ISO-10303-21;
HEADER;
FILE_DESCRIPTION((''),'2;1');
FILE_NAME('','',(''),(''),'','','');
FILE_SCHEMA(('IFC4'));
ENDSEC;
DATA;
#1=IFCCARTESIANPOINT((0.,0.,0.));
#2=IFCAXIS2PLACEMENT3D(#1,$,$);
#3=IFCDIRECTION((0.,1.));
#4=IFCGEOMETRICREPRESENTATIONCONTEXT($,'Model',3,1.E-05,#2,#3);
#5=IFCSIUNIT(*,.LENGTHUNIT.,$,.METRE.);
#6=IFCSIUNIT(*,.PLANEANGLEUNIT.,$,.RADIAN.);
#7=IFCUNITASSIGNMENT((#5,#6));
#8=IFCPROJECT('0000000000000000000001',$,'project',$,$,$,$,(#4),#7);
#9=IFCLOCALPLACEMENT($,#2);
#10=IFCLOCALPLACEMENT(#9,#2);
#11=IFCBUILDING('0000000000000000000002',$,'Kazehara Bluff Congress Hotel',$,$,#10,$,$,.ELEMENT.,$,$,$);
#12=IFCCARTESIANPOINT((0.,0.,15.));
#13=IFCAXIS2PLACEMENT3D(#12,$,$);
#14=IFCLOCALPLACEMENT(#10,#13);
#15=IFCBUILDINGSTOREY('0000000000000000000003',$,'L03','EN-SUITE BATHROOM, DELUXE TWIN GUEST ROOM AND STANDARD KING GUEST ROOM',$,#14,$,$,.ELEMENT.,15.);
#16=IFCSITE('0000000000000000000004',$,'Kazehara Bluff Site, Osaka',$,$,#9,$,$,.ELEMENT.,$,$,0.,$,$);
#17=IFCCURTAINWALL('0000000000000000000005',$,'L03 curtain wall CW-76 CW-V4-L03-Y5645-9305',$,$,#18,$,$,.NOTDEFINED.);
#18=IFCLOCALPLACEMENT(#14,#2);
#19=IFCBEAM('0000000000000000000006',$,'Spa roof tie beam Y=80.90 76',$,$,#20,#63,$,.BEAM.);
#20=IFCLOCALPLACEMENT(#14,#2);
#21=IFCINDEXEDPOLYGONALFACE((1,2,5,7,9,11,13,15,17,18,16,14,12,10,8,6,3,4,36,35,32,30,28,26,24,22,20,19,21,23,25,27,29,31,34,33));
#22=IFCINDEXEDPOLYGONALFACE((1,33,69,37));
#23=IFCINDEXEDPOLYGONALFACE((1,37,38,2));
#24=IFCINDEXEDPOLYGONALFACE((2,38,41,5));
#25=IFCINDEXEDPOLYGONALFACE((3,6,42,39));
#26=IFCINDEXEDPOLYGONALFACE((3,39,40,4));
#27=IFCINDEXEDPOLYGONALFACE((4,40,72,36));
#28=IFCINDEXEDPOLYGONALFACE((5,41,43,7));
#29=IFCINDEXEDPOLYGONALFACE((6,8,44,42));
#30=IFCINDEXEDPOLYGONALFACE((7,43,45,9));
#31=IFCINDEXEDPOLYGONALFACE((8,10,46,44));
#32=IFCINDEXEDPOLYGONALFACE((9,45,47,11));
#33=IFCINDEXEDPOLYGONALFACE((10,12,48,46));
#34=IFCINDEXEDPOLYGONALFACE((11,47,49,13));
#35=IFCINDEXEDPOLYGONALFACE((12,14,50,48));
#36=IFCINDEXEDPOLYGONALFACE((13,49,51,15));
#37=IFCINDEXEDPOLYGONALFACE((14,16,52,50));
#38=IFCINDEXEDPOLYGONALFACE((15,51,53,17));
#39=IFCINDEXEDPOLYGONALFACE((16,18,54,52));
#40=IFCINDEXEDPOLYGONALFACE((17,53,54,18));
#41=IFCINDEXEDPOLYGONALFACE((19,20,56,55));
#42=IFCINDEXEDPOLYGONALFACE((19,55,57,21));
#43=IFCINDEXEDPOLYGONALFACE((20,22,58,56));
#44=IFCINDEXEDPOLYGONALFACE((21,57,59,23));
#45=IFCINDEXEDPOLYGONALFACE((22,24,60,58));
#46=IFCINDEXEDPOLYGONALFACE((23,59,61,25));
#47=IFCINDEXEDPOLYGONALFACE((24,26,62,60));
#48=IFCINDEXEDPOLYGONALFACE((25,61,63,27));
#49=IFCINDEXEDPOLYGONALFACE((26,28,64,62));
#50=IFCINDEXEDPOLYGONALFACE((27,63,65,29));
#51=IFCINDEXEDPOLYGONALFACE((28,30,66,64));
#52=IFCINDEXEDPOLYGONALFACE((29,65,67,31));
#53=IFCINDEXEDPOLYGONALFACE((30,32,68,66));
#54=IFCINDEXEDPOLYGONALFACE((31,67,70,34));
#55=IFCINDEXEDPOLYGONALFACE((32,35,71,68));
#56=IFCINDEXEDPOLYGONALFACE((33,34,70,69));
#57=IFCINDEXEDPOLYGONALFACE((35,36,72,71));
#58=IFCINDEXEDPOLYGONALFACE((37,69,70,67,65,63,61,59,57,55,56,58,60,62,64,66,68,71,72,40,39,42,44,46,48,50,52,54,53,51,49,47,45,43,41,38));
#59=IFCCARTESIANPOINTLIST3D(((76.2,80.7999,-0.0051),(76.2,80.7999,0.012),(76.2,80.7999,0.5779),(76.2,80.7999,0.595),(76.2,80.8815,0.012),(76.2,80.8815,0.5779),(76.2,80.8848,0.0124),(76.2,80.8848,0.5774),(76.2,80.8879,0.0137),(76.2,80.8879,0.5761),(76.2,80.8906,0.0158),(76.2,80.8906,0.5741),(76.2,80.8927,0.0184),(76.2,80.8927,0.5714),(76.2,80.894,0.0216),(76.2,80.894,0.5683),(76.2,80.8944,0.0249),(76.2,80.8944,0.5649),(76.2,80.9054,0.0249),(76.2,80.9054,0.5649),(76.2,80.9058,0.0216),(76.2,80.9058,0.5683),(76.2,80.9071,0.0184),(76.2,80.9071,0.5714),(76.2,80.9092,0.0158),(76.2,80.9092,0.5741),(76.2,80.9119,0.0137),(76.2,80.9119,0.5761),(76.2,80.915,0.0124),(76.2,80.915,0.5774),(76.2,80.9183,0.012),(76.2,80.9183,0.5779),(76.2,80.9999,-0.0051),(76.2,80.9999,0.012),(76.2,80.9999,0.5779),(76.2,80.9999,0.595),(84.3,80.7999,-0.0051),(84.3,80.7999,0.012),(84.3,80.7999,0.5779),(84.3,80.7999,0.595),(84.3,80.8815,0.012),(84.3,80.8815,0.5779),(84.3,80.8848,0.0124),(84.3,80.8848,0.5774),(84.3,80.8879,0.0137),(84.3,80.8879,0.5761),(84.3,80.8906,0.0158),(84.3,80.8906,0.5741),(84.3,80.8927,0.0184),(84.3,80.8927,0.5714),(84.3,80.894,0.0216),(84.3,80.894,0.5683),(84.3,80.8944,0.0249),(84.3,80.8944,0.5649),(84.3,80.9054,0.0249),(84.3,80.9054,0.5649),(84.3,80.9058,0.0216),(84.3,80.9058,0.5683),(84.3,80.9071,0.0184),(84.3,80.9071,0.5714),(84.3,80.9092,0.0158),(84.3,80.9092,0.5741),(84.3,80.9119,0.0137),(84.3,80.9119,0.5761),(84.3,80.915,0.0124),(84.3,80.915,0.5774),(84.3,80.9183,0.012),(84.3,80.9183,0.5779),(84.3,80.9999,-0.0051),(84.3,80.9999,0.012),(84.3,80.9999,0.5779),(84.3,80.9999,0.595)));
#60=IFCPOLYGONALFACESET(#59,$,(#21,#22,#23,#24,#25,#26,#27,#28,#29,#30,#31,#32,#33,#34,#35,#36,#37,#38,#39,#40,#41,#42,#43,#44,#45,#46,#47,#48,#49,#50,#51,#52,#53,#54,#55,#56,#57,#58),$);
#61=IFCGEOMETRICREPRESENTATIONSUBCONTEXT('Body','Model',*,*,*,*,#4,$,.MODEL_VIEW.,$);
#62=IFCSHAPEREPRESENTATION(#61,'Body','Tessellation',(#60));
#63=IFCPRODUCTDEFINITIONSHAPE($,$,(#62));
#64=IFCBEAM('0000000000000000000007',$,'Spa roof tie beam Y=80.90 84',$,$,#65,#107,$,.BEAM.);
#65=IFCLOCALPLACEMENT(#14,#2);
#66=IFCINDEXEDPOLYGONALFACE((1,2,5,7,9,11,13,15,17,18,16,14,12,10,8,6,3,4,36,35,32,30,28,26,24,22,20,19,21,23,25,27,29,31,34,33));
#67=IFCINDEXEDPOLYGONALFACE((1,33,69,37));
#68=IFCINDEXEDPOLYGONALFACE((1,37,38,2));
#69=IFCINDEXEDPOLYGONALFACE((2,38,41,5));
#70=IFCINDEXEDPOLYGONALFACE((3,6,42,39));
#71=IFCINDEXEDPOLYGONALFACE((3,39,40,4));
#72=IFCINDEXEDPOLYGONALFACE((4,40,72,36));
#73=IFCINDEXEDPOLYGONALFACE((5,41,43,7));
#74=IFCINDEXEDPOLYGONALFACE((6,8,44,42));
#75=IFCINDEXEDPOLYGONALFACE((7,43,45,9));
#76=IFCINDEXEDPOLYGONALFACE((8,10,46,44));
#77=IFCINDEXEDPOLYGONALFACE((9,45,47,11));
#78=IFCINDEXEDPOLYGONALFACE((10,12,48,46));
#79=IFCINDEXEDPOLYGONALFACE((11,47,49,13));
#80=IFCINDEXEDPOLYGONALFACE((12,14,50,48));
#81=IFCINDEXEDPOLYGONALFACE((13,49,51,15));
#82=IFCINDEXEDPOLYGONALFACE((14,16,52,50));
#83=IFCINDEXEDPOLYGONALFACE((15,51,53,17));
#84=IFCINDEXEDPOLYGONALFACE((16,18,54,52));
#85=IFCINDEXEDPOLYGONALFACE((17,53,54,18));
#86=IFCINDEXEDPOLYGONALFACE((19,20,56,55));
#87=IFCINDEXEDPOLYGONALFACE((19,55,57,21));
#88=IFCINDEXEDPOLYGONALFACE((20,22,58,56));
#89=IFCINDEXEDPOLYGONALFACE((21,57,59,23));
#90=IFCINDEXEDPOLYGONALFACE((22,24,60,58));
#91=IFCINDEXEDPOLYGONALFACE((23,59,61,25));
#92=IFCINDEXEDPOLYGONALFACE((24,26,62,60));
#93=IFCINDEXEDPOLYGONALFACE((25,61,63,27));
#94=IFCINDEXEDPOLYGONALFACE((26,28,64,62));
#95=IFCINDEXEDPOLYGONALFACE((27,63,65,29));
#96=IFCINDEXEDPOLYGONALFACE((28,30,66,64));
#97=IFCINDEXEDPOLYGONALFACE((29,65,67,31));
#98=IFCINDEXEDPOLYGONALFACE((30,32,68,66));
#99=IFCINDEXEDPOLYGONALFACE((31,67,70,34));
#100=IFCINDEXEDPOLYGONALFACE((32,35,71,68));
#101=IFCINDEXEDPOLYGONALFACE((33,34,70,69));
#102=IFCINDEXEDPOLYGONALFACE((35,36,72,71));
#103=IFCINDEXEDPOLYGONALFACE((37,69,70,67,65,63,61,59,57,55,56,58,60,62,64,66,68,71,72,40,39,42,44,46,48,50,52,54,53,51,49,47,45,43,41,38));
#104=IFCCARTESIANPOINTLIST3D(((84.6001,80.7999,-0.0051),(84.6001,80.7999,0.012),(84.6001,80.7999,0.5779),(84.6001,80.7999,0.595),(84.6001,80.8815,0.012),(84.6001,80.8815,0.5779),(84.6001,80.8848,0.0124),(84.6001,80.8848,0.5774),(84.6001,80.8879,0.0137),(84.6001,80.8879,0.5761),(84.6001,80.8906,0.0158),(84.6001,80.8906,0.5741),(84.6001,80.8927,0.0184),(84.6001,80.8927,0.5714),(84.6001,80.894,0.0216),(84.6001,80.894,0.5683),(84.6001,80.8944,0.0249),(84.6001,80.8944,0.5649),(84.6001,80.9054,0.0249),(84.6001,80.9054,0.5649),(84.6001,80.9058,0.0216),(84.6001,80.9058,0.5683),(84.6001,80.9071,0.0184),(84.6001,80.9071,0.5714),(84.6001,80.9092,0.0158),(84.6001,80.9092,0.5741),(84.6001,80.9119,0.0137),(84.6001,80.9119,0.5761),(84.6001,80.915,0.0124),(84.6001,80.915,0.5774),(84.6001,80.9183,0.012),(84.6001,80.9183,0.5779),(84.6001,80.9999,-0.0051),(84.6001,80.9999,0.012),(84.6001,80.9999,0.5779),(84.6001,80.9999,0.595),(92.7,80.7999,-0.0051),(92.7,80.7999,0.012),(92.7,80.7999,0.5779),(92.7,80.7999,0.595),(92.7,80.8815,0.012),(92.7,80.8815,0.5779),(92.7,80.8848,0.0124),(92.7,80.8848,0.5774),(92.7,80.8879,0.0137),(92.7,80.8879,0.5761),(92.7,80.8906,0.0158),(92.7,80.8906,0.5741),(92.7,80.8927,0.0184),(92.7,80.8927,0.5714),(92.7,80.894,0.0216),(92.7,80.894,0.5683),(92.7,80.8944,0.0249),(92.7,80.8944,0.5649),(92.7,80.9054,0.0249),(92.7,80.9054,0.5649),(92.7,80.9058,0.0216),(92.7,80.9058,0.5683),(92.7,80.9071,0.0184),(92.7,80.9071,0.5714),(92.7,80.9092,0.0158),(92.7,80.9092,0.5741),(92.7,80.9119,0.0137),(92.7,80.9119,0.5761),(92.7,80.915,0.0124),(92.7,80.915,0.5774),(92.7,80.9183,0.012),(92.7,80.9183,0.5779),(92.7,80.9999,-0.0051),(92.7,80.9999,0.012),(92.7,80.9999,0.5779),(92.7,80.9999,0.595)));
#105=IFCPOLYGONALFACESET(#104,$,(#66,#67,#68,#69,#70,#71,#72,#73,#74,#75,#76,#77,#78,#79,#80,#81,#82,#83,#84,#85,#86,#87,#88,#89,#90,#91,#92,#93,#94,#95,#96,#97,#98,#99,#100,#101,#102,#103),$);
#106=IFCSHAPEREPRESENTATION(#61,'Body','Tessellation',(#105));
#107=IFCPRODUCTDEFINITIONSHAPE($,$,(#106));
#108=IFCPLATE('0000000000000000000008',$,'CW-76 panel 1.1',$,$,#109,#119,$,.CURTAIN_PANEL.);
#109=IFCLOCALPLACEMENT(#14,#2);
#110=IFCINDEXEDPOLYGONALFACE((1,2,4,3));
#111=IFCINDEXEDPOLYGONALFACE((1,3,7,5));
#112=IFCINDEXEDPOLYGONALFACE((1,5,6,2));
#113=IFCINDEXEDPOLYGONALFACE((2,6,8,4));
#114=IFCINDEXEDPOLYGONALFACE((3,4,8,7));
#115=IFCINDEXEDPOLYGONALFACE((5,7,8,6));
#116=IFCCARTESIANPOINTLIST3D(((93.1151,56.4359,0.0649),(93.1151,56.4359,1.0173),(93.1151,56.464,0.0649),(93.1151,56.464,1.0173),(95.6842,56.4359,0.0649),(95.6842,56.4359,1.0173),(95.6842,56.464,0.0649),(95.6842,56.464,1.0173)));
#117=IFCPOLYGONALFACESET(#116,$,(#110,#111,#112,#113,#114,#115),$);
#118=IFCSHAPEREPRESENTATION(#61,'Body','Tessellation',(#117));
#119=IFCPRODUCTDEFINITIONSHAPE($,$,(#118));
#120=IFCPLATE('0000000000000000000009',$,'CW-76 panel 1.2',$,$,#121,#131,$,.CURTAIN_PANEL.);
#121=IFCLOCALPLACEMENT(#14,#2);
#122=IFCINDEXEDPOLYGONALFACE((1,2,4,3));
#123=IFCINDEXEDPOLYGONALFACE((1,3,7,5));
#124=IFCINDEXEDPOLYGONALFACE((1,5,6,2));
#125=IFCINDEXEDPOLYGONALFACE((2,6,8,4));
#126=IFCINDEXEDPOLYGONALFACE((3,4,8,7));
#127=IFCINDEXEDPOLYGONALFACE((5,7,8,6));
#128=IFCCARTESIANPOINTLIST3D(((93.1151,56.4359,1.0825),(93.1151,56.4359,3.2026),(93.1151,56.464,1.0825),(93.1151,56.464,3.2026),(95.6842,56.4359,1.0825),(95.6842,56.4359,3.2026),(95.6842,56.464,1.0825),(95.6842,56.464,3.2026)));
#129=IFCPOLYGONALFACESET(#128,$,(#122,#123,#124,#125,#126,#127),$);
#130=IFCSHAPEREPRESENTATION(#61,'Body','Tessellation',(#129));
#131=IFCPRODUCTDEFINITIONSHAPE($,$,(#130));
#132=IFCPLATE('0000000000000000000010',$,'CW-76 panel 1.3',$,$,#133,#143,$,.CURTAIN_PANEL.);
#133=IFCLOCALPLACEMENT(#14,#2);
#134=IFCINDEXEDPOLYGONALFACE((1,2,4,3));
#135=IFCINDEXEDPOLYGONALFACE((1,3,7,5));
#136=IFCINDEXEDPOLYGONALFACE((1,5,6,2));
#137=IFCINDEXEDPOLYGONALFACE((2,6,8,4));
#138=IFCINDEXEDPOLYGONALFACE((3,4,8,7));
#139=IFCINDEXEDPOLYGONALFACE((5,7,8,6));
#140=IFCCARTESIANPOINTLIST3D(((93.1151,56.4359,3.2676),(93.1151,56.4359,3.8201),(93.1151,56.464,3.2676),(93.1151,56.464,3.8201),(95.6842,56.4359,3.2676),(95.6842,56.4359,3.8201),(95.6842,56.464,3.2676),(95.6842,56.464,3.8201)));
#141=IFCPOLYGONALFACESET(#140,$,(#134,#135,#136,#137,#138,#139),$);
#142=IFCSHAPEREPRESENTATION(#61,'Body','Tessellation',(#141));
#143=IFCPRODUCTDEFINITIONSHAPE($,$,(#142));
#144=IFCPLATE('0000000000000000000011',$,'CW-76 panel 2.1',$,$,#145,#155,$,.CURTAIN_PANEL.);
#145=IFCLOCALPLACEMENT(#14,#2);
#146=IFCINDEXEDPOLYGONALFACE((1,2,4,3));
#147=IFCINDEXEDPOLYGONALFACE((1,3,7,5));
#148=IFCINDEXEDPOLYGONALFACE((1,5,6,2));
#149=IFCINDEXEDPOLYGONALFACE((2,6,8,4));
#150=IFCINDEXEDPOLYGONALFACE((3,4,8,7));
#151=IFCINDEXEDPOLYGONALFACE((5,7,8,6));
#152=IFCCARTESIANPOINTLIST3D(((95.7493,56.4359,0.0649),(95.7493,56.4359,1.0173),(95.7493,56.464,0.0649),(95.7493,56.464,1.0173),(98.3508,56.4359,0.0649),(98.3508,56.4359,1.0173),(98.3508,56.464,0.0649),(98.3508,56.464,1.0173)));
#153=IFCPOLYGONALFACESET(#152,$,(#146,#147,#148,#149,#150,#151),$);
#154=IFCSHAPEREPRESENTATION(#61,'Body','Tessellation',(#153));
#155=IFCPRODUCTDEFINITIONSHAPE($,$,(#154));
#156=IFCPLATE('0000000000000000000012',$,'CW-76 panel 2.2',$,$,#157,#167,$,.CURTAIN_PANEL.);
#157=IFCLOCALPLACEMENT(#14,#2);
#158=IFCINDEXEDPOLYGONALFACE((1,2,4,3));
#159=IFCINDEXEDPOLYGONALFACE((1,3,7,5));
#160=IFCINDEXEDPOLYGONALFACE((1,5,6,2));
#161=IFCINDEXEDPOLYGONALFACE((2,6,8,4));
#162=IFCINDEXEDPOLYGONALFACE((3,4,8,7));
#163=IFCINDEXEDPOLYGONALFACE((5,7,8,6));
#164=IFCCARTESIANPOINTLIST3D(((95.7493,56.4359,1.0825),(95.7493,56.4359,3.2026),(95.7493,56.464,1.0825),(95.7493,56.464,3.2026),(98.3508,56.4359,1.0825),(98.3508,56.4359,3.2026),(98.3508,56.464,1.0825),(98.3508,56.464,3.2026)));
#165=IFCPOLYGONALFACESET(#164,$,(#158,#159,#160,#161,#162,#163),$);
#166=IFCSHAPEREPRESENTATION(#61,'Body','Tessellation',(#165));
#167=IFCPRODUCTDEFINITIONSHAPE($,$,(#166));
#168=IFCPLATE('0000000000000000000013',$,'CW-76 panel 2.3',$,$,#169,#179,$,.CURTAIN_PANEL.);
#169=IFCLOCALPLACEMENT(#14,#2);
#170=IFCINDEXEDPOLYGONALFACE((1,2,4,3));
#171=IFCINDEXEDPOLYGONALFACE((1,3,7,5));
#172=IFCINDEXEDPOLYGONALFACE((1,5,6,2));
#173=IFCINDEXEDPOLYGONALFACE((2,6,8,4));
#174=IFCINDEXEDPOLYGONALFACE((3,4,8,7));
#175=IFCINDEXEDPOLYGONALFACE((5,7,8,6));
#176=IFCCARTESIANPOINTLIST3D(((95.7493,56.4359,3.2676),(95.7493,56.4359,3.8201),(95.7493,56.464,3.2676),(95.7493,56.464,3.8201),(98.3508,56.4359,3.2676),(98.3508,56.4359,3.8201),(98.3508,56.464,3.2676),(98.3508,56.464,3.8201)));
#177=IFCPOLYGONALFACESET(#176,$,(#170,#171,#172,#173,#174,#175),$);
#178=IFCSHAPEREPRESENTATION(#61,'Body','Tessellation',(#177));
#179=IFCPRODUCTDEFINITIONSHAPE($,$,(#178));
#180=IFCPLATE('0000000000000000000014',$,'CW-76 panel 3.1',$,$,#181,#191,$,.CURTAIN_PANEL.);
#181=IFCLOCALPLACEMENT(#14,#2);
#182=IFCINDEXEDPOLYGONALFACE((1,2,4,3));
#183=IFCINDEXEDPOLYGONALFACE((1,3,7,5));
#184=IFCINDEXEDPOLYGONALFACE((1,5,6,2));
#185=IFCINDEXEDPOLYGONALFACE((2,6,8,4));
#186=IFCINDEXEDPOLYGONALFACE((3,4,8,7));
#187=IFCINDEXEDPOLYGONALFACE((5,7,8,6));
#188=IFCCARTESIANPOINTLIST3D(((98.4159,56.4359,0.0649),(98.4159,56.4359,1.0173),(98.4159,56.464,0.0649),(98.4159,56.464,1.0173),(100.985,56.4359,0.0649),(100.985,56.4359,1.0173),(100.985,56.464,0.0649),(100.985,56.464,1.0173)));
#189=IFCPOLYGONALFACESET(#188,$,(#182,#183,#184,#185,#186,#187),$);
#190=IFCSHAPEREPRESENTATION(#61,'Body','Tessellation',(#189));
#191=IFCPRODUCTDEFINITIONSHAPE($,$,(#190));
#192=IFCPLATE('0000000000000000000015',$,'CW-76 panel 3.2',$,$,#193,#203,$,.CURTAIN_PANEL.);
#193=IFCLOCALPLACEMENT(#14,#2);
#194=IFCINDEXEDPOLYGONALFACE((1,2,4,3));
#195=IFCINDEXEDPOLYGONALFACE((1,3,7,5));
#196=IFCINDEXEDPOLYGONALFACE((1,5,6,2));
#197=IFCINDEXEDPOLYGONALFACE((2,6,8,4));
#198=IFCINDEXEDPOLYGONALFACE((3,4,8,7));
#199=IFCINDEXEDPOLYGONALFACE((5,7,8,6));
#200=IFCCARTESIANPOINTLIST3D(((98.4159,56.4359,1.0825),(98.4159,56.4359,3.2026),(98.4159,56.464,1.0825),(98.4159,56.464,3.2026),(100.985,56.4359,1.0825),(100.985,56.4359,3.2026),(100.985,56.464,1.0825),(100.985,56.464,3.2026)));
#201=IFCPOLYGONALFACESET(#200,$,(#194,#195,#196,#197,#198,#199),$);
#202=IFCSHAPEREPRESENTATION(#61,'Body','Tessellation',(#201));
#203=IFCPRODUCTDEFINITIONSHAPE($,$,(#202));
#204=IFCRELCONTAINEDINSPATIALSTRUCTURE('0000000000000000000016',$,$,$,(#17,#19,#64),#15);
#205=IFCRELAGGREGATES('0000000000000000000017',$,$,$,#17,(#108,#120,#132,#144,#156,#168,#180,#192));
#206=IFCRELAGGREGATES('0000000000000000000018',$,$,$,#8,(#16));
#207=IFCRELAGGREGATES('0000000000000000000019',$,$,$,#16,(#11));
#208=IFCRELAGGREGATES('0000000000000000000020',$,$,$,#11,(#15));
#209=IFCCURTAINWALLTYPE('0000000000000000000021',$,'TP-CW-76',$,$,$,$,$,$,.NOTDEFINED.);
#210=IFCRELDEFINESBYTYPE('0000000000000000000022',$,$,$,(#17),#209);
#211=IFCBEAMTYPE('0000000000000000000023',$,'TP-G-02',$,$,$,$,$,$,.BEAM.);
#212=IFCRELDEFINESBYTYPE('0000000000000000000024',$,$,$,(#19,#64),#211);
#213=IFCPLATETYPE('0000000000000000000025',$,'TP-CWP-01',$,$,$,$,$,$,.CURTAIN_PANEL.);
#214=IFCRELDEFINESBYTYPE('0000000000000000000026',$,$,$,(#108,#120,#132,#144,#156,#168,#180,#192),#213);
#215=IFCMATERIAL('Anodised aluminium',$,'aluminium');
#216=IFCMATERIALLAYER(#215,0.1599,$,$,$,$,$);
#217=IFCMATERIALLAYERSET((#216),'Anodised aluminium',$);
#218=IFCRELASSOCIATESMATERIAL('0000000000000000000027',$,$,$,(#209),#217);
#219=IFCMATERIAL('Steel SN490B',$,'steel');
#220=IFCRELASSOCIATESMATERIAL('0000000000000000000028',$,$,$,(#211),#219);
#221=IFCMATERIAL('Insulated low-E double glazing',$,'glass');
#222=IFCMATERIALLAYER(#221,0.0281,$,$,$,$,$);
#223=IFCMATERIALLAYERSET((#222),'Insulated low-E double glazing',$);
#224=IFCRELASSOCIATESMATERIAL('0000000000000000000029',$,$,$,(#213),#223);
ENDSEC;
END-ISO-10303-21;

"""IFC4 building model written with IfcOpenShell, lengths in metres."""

from ifc_helpers import new_model, si_unit, direction, frame, origin, origin_2d, place, context, subcontext, project, spatial, rectangle, i_section, extrude, material, layer, layer_set, material_profile, profile_set, type_object, element, aggregate, save


model = new_model("IFC4")

# Units and contexts
model_context = context("Model", 3, precision=1e-05, world=origin(), true_north=direction((0.0, 1.0)))
body_context = subcontext(model_context, "Body", "Model", "MODEL_VIEW")
ifc_project = project(units=[si_unit("LENGTHUNIT", "METRE"), si_unit("PLANEANGLEUNIT", "RADIAN")], contexts=[model_context])

# Site, building, storey
site_placement = place(None, origin())
site = spatial("IfcSite", under=ifc_project, at=site_placement, Name="Kazehara Bluff Site, Osaka", CompositionType="ELEMENT", RefElevation=0.0)
building_placement = place(site_placement, origin())
building = spatial("IfcBuilding", under=site, at=building_placement, Name="Kazehara Bluff Congress Hotel", CompositionType="ELEMENT")
storey_placement = place(building_placement, frame((0.0, 0.0, 15.0)))
storey = spatial("IfcBuildingStorey", under=building, at=storey_placement, Name="L03", Description="EN-SUITE BATHROOM, DELUXE TWIN GUEST ROOM AND STANDARD KING GUEST ROOM", CompositionType="ELEMENT", Elevation=15.0)

# Curtain wall
ifc_material_1 = material(Name="Anodised aluminium", Category="aluminium")
ifc_layer_1 = layer(ifc_material_1, 0.1599)
ifc_layer_set_1 = layer_set([ifc_layer_1], Name="Anodised aluminium")
curtain_wall_type = type_object("IfcCurtainWallType", Name="TP-CW-76", PredefinedType="NOTDEFINED", material=ifc_layer_set_1)
curtain_wall_placement = place(storey_placement, origin())
curtain_wall = element("IfcCurtainWall", 1, at=curtain_wall_placement, inside=storey, type_object=curtain_wall_type, Name="L03 curtain wall CW-76 CW-V4-L03-Y5645-9305", PredefinedType="NOTDEFINED")

# Beams
ifc_material_2 = material(Name="Steel SN490B", Category="steel")
ifc_material_profile_1 = material_profile(ifc_material_2, i_section(OverallWidth=0.2, OverallDepth=0.6001, WebThickness=0.011, FlangeThickness=0.0171, FilletRadius=0.0129, at=origin_2d()))
ifc_profile_set_1 = profile_set([ifc_material_profile_1], Name="Steel SN490B")
beam_type = type_object("IfcBeamType", Name="TP-G-02", PredefinedType="BEAM", material=ifc_profile_set_1)
beam_1_placement = place(storey_placement, frame((76.2, 80.8999, 0.2949), z_axis=(1.0, 0.0, 0.0), x_axis=(0.0, 1.0, 0.0)))
element("IfcBeam", 2, at=beam_1_placement, inside=storey, type_object=beam_type, Name="Spa roof tie beam Y=80.90 76", PredefinedType="BEAM", context=body_context, shape_type="SweptSolid", body=[
    extrude(i_section(OverallWidth=0.2, OverallDepth=0.6001, WebThickness=0.011, FlangeThickness=0.0171, FilletRadius=0.0129, at=origin_2d()), origin(), (0.0, 0.0, 1.0), 8.1001),
])
beam_2_placement = place(storey_placement, frame((84.6001, 80.8999, 0.2949), z_axis=(1.0, 0.0, 0.0), x_axis=(0.0, 1.0, 0.0)))
element("IfcBeam", 3, at=beam_2_placement, inside=storey, type_object=beam_type, Name="Spa roof tie beam Y=80.90 84", PredefinedType="BEAM", context=body_context, shape_type="SweptSolid", body=[
    extrude(i_section(OverallWidth=0.2, OverallDepth=0.6001, WebThickness=0.011, FlangeThickness=0.0171, FilletRadius=0.0129, at=origin_2d()), origin(), (0.0, 0.0, 1.0), 8.0999),
])

# Plates
ifc_material_3 = material(Name="Insulated low-E double glazing", Category="glass")
ifc_layer_2 = layer(ifc_material_3, 0.0281)
ifc_layer_set_2 = layer_set([ifc_layer_2], Name="Insulated low-E double glazing")
plate_type = type_object("IfcPlateType", Name="TP-CWP-01", PredefinedType="CURTAIN_PANEL", material=ifc_layer_set_2)
plate_1_placement = place(storey_placement, frame((94.3997, 56.45, 0.0649), z_axis=(0.0, 0.0, 1.0), x_axis=(1.0, 0.0, 0.0)))
plate_1 = element("IfcPlate", 4, at=plate_1_placement, type_object=plate_type, Name="CW-76 panel 1.1", PredefinedType="CURTAIN_PANEL", context=body_context, shape_type="SweptSolid", body=[
    extrude(rectangle(XDim=2.5691, YDim=0.0281, at=origin_2d()), origin(), (0.0, 0.0, 1.0), 0.9524),
])
plate_2_placement = place(storey_placement, frame((94.3997, 56.45, 1.0825), z_axis=(0.0, 0.0, 1.0), x_axis=(1.0, 0.0, 0.0)))
plate_2 = element("IfcPlate", 5, at=plate_2_placement, type_object=plate_type, Name="CW-76 panel 1.2", PredefinedType="CURTAIN_PANEL", context=body_context, shape_type="SweptSolid", body=[
    extrude(rectangle(XDim=2.5691, YDim=0.0281, at=origin_2d()), origin(), (0.0, 0.0, 1.0), 2.1201),
])
plate_3_placement = place(storey_placement, frame((94.3997, 56.45, 3.2676), z_axis=(0.0, 0.0, 1.0), x_axis=(1.0, 0.0, 0.0)))
plate_3 = element("IfcPlate", 6, at=plate_3_placement, type_object=plate_type, Name="CW-76 panel 1.3", PredefinedType="CURTAIN_PANEL", context=body_context, shape_type="SweptSolid", body=[
    extrude(rectangle(XDim=2.5691, YDim=0.0281, at=origin_2d()), origin(), (0.0, 0.0, 1.0), 0.5525),
])
plate_4_placement = place(storey_placement, frame((97.05, 56.45, 0.0649), z_axis=(0.0, 0.0, 1.0), x_axis=(1.0, 0.0, 0.0)))
plate_4 = element("IfcPlate", 7, at=plate_4_placement, type_object=plate_type, Name="CW-76 panel 2.1", PredefinedType="CURTAIN_PANEL", context=body_context, shape_type="SweptSolid", body=[
    extrude(rectangle(XDim=2.6016, YDim=0.0281, at=origin_2d()), origin(), (0.0, 0.0, 1.0), 0.9524),
])
plate_5_placement = place(storey_placement, frame((97.05, 56.45, 1.0825), z_axis=(0.0, 0.0, 1.0), x_axis=(1.0, 0.0, 0.0)))
plate_5 = element("IfcPlate", 8, at=plate_5_placement, type_object=plate_type, Name="CW-76 panel 2.2", PredefinedType="CURTAIN_PANEL", context=body_context, shape_type="SweptSolid", body=[
    extrude(rectangle(XDim=2.6016, YDim=0.0281, at=origin_2d()), origin(), (0.0, 0.0, 1.0), 2.1201),
])
plate_6_placement = place(storey_placement, frame((97.05, 56.45, 3.2676), z_axis=(0.0, 0.0, 1.0), x_axis=(1.0, 0.0, 0.0)))
plate_6 = element("IfcPlate", 9, at=plate_6_placement, type_object=plate_type, Name="CW-76 panel 2.3", PredefinedType="CURTAIN_PANEL", context=body_context, shape_type="SweptSolid", body=[
    extrude(rectangle(XDim=2.6016, YDim=0.0281, at=origin_2d()), origin(), (0.0, 0.0, 1.0), 0.5525),
])
plate_7_placement = place(storey_placement, frame((99.7004, 56.45, 0.0649), z_axis=(0.0, 0.0, 1.0), x_axis=(1.0, 0.0, 0.0)))
plate_7 = element("IfcPlate", 10, at=plate_7_placement, type_object=plate_type, Name="CW-76 panel 3.1", PredefinedType="CURTAIN_PANEL", context=body_context, shape_type="SweptSolid", body=[
    extrude(rectangle(XDim=2.5691, YDim=0.0281, at=origin_2d()), origin(), (0.0, 0.0, 1.0), 0.9524),
])
plate_8_placement = place(storey_placement, frame((99.7004, 56.45, 1.0825), z_axis=(0.0, 0.0, 1.0), x_axis=(1.0, 0.0, 0.0)))
plate_8 = element("IfcPlate", 11, at=plate_8_placement, type_object=plate_type, Name="CW-76 panel 3.2", PredefinedType="CURTAIN_PANEL", context=body_context, shape_type="SweptSolid", body=[
    extrude(rectangle(XDim=2.5691, YDim=0.0281, at=origin_2d()), origin(), (0.0, 0.0, 1.0), 2.1201),
])
aggregate(curtain_wall, [plate_1, plate_2, plate_3, plate_4, plate_5, plate_6, plate_7, plate_8])

save(model, "model.ifc")
